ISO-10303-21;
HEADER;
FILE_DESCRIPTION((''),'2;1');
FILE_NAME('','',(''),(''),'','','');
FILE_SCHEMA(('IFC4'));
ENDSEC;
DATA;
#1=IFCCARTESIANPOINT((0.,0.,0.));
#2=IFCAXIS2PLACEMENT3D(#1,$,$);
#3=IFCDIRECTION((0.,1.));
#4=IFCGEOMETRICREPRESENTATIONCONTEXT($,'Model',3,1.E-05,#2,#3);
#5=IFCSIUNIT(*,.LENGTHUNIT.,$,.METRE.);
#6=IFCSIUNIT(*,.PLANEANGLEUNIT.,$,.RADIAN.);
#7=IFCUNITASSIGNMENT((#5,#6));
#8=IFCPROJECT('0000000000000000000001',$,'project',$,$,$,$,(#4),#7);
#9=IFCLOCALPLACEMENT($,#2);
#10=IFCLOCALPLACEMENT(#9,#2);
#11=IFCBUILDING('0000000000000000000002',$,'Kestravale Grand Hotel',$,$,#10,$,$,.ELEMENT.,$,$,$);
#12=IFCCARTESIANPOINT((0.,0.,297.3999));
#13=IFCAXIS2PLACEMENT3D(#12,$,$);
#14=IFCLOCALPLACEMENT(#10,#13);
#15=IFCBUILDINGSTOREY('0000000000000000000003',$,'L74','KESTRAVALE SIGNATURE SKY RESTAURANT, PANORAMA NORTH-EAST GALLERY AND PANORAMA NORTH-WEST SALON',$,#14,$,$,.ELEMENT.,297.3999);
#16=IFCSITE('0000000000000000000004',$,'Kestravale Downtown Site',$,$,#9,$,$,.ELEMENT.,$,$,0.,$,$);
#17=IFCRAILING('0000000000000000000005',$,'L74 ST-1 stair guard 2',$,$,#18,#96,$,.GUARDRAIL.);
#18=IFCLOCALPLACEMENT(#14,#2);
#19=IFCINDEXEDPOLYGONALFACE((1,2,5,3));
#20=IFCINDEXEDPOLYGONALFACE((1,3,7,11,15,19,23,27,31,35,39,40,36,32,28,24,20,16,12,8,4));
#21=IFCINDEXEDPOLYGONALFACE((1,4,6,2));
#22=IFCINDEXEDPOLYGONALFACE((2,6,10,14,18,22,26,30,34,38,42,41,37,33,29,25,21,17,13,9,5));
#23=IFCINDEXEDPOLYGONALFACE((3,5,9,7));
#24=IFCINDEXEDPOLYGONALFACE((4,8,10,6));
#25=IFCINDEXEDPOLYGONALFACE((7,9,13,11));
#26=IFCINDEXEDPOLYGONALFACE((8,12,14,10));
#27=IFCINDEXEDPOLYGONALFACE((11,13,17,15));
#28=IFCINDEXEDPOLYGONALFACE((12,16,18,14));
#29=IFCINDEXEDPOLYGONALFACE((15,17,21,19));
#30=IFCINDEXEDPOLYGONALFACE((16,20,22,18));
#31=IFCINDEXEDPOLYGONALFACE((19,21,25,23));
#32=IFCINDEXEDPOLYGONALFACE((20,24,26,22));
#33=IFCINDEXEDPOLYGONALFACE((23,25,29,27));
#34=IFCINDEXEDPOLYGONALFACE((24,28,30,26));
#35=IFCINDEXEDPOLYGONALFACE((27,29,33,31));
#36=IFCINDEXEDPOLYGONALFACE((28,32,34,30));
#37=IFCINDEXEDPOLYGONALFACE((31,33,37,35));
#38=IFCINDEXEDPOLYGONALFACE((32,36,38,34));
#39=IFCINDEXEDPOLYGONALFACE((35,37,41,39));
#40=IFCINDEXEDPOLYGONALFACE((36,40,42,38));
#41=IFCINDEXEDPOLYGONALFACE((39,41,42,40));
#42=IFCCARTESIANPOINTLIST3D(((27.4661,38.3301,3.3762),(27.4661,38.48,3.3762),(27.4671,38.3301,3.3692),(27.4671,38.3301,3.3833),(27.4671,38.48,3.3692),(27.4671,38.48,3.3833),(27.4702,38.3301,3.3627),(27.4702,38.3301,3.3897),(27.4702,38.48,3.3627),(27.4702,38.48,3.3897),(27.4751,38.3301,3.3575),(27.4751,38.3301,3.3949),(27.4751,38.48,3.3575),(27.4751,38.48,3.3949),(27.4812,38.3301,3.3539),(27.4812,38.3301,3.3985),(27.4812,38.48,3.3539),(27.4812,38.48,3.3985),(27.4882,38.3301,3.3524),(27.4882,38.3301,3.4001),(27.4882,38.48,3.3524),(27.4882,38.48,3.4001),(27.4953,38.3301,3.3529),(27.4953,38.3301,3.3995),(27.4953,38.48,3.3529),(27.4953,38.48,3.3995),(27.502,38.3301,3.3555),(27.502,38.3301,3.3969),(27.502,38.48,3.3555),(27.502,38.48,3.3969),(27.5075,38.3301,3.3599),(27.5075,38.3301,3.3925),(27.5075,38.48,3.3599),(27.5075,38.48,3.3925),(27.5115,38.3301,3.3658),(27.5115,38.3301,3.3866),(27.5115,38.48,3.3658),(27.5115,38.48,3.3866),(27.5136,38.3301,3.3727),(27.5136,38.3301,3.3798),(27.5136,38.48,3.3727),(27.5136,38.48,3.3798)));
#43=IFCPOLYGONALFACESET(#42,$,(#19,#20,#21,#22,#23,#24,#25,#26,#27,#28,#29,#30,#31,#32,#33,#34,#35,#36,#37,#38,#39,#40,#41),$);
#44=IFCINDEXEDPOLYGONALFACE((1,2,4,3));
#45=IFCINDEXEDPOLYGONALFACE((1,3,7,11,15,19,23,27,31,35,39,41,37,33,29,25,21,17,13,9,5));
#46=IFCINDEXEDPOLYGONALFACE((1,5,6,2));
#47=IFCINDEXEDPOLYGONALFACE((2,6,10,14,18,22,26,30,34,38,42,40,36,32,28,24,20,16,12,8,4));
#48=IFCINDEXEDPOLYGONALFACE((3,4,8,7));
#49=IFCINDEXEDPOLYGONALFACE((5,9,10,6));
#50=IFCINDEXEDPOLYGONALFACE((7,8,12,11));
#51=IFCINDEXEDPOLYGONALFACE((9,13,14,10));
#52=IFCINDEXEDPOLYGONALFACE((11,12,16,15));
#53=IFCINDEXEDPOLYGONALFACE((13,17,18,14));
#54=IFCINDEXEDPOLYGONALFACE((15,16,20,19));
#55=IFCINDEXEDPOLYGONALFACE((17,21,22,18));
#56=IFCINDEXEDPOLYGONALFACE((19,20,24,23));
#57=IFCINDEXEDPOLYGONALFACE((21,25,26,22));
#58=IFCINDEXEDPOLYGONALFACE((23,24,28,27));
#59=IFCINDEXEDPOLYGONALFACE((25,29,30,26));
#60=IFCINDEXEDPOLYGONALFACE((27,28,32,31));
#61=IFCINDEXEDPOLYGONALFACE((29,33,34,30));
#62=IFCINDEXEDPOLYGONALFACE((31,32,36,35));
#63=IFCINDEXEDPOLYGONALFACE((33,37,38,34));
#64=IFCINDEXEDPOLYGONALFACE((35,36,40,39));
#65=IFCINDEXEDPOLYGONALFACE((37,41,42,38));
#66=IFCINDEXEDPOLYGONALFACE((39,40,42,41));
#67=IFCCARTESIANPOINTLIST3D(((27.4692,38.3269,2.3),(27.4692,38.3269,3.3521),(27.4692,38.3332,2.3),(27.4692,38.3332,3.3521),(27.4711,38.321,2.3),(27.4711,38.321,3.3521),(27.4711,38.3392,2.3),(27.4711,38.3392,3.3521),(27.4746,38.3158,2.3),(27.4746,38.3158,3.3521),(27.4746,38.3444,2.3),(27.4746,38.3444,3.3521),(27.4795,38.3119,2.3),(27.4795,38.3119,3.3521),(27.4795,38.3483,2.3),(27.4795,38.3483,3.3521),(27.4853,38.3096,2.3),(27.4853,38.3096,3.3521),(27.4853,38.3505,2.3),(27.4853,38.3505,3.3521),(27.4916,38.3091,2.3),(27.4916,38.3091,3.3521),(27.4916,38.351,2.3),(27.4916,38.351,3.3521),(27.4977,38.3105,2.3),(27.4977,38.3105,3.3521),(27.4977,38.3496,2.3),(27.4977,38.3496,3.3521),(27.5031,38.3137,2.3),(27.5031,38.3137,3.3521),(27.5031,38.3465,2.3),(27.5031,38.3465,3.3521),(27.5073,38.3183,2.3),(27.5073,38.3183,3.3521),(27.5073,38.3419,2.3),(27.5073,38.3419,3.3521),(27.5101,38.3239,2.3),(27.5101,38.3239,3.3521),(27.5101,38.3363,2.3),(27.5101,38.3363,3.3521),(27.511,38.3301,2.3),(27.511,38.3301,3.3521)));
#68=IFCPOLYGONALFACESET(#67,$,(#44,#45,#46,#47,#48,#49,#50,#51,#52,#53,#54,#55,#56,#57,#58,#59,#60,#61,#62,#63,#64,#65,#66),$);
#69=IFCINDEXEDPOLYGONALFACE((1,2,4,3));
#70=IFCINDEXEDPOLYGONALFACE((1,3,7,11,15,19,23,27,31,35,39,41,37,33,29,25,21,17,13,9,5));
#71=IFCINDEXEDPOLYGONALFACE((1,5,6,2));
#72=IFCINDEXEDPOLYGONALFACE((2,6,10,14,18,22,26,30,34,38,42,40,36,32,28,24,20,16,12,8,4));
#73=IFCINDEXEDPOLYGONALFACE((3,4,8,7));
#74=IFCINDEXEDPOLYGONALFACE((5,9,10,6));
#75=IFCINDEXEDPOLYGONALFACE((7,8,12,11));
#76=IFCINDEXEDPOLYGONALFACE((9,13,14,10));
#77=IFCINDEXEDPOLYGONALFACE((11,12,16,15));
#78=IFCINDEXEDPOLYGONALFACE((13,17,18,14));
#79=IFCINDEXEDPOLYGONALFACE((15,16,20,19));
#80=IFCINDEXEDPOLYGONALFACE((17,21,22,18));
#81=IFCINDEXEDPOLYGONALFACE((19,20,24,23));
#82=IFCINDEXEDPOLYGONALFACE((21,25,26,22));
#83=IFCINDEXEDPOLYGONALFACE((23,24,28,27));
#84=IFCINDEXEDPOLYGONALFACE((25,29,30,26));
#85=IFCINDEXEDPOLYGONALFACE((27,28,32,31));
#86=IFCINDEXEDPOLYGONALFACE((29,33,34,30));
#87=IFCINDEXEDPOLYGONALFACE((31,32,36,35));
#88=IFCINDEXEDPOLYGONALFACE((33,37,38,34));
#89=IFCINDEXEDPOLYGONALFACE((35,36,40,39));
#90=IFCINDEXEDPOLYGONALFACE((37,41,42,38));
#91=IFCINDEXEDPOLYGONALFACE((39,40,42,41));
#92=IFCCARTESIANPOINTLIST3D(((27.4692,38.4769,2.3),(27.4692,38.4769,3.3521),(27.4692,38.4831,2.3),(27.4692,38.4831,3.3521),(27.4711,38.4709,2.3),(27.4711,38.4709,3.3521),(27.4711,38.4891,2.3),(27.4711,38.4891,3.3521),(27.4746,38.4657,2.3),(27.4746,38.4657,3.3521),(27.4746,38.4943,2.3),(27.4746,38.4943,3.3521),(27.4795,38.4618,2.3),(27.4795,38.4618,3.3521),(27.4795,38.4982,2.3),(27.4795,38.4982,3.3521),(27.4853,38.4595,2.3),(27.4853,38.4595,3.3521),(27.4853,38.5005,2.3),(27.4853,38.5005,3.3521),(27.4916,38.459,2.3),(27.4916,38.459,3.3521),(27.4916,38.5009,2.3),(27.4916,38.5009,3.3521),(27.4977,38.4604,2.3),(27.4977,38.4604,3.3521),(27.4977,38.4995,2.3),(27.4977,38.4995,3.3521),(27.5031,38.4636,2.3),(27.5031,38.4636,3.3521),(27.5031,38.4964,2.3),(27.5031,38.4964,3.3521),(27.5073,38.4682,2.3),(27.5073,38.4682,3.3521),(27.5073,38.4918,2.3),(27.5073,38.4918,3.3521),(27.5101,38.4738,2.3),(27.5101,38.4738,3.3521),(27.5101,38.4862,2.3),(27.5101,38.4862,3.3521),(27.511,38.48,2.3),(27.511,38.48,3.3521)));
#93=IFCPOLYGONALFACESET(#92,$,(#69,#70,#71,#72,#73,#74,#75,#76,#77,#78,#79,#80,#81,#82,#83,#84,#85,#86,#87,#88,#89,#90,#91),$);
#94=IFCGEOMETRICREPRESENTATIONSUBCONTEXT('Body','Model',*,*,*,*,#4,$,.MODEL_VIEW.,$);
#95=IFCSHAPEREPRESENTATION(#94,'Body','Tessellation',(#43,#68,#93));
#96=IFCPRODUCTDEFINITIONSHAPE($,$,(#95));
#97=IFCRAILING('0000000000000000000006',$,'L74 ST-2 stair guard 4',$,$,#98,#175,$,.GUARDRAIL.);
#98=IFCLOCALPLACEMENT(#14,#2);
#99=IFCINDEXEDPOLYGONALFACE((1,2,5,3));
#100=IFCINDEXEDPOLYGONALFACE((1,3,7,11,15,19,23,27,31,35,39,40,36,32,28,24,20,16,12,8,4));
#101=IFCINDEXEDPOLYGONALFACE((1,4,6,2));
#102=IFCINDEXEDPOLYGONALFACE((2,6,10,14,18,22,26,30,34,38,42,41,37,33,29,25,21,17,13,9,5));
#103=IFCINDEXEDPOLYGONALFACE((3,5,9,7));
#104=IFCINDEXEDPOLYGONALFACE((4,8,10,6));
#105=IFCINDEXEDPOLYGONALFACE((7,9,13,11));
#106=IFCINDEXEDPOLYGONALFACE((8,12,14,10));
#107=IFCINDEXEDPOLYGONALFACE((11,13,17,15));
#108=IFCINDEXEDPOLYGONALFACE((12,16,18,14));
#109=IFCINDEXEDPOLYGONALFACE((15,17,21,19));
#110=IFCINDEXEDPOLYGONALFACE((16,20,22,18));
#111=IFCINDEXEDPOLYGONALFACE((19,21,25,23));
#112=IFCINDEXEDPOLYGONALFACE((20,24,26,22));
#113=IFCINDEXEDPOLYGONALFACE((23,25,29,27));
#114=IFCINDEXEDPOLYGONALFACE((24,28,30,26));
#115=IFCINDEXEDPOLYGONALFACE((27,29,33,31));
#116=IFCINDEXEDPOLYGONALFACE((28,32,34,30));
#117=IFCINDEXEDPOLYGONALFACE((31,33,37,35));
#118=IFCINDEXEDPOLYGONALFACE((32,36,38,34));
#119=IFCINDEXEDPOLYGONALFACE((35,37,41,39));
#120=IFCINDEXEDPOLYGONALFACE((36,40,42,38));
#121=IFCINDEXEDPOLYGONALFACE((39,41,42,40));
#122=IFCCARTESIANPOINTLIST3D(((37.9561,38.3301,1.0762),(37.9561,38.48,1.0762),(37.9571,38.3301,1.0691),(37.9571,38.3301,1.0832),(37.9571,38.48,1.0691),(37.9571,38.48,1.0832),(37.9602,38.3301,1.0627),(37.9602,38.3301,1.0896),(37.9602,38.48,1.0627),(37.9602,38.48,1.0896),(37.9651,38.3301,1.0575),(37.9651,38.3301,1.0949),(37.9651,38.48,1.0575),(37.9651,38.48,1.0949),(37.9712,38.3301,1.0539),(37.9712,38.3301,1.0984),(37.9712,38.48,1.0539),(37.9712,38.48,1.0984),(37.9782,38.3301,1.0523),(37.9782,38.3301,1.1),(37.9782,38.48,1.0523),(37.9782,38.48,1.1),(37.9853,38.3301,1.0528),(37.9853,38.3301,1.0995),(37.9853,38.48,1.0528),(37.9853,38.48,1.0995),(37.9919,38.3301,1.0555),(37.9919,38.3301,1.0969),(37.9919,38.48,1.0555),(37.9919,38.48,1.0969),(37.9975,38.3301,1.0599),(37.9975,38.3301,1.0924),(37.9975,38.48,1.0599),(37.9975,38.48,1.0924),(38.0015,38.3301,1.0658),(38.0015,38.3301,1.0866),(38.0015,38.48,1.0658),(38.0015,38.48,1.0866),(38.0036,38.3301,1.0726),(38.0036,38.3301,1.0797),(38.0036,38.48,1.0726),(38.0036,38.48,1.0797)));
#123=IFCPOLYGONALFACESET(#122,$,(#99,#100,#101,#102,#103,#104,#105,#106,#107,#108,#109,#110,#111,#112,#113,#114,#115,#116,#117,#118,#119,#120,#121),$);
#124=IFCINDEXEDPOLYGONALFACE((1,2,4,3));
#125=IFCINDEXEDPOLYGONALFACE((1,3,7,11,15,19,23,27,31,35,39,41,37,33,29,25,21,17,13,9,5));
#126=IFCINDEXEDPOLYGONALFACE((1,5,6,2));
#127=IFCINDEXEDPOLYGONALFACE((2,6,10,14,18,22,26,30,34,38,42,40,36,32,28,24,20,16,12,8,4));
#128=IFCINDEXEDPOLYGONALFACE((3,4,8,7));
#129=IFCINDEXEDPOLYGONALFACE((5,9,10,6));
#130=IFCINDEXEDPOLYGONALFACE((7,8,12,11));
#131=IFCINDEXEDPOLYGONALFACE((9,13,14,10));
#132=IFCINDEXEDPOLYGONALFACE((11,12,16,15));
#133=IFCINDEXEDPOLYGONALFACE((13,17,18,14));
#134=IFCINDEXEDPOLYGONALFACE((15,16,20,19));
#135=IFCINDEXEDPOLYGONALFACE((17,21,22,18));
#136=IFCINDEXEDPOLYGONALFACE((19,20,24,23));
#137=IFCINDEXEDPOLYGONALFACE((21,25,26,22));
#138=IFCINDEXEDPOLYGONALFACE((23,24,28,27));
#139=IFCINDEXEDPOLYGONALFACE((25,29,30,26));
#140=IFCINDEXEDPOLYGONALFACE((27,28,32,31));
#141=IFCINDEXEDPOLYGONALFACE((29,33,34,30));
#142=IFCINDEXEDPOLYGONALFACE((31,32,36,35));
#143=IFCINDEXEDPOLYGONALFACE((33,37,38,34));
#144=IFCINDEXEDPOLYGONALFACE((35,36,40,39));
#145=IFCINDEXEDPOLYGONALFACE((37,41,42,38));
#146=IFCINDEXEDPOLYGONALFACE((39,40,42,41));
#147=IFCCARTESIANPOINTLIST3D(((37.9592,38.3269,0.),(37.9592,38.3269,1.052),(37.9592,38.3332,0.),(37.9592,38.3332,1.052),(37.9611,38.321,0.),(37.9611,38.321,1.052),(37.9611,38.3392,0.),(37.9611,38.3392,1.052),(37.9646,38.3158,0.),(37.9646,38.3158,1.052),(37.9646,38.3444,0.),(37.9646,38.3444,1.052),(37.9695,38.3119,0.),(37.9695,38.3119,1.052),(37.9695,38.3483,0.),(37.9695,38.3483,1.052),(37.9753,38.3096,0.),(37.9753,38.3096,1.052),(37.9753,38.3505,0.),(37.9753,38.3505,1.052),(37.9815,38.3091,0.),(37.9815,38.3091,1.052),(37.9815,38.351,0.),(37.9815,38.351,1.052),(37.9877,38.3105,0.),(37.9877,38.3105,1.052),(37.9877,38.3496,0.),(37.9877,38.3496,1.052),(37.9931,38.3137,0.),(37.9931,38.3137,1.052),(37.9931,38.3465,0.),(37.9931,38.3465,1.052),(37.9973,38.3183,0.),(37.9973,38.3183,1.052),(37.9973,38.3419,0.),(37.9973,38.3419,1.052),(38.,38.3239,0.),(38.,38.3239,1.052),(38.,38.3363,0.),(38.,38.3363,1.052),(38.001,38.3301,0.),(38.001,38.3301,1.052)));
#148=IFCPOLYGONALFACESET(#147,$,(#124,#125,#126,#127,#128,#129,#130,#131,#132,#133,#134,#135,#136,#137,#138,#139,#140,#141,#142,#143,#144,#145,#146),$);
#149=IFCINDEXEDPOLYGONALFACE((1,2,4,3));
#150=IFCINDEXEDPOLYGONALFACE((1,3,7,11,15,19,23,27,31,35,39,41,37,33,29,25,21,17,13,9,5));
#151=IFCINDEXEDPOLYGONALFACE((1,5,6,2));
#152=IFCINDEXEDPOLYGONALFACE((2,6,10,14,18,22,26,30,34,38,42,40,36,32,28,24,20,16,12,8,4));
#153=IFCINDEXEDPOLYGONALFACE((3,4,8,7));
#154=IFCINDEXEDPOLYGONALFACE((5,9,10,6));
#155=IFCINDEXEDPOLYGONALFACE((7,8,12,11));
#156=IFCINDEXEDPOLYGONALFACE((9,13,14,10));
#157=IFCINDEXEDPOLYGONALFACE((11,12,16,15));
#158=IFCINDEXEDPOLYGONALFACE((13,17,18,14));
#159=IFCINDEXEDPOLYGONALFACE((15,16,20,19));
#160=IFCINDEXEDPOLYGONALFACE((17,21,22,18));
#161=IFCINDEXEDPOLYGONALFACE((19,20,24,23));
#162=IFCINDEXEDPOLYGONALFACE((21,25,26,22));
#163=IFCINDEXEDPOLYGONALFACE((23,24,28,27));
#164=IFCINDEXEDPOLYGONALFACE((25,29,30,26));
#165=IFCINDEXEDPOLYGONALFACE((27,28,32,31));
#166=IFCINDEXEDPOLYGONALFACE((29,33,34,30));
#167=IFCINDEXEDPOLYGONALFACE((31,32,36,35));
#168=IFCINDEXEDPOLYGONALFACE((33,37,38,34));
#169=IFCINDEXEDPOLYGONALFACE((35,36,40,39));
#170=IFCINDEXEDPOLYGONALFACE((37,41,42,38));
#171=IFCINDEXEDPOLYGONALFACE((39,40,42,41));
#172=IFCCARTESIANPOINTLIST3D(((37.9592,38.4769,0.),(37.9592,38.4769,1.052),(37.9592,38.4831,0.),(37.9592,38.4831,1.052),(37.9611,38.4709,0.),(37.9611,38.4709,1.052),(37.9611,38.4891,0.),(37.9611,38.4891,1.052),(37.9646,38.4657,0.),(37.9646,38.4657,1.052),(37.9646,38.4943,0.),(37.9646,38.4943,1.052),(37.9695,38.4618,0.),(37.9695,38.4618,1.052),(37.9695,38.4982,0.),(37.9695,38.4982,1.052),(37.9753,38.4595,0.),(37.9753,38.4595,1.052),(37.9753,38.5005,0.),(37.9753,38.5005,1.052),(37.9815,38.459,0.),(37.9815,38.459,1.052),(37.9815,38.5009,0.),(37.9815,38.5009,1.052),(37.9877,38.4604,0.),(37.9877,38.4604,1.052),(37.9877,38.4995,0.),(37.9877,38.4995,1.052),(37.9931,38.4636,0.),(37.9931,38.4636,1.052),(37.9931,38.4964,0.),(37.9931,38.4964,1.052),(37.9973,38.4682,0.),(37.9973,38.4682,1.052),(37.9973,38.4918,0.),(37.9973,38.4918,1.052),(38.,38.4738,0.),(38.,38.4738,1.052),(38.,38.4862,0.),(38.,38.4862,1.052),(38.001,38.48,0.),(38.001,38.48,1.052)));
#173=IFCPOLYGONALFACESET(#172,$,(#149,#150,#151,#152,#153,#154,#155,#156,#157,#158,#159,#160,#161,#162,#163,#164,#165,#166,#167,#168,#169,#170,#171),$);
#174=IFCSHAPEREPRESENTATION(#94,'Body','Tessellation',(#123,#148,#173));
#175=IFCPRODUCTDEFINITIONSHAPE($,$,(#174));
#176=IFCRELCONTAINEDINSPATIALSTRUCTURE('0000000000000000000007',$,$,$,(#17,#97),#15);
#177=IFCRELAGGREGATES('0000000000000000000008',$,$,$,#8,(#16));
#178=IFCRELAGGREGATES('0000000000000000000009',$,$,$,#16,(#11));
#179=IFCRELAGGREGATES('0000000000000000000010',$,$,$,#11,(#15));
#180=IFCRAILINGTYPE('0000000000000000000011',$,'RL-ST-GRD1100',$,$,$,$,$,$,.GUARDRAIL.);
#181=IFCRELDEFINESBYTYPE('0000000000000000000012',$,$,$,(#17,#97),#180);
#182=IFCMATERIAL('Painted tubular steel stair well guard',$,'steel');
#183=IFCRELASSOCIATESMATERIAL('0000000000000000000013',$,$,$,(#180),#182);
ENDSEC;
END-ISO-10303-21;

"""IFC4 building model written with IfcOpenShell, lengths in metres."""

from ifc_helpers import new_model, si_unit, direction, frame, origin, origin_2d, place, context, subcontext, project, spatial, circle, extrude, material, type_object, element, save


model = new_model("IFC4")

# Units and contexts
model_context = context("Model", 3, precision=1e-05, world=origin(), true_north=direction((0.0, 1.0)))
body_context = subcontext(model_context, "Body", "Model", "MODEL_VIEW")
ifc_project = project(units=[si_unit("LENGTHUNIT", "METRE"), si_unit("PLANEANGLEUNIT", "RADIAN")], contexts=[model_context])

# Site, building, storey
site_placement = place(None, origin())
site = spatial("IfcSite", under=ifc_project, at=site_placement, Name="Kestravale Downtown Site", CompositionType="ELEMENT", RefElevation=0.0)
building_placement = place(site_placement, origin())
building = spatial("IfcBuilding", under=site, at=building_placement, Name="Kestravale Grand Hotel", CompositionType="ELEMENT")
storey_placement = place(building_placement, frame((0.0, 0.0, 297.3999)))
storey = spatial("IfcBuildingStorey", under=building, at=storey_placement, Name="L74", Description="KESTRAVALE SIGNATURE SKY RESTAURANT, PANORAMA NORTH-EAST GALLERY AND PANORAMA NORTH-WEST SALON", CompositionType="ELEMENT", Elevation=297.3999)

# Railings
ifc_material_1 = material(Name="Painted tubular steel stair well guard", Category="steel")
railing_type_1 = type_object("IfcRailingType", Name="RL-ST-GRD1100", PredefinedType="GUARDRAIL", material=ifc_material_1)
for number, where, name in (
    (1, (27.49, 38.3301, 2.3), "L74 ST-1 stair guard 2"),
    (2, (37.98, 38.3301, 0.0), "L74 ST-2 stair guard 4"),
):
    element("IfcRailing", number, at=place(storey_placement, frame(where)), inside=storey, type_object=railing_type_1, Name=name, PredefinedType="GUARDRAIL", context=body_context, shape_type="SweptSolid", body=[
        extrude(circle(Radius=0.0239, at=origin_2d()), frame((0.0, 0.0, 1.0762), z_axis=(0.0, 1.0, 0.0), x_axis=(-1.0, 0.0, 0.0)), (0.0, 0.0, 1.0), 0.1499),
        extrude(circle(Radius=0.021, at=origin_2d()), origin(), (0.0, 0.0, 1.0), 1.052),
        extrude(circle(Radius=0.021, at=origin_2d()), frame((0.0, 0.1499, 0.0)), (0.0, 0.0, 1.0), 1.052),
    ])

save(model, "model.ifc")
